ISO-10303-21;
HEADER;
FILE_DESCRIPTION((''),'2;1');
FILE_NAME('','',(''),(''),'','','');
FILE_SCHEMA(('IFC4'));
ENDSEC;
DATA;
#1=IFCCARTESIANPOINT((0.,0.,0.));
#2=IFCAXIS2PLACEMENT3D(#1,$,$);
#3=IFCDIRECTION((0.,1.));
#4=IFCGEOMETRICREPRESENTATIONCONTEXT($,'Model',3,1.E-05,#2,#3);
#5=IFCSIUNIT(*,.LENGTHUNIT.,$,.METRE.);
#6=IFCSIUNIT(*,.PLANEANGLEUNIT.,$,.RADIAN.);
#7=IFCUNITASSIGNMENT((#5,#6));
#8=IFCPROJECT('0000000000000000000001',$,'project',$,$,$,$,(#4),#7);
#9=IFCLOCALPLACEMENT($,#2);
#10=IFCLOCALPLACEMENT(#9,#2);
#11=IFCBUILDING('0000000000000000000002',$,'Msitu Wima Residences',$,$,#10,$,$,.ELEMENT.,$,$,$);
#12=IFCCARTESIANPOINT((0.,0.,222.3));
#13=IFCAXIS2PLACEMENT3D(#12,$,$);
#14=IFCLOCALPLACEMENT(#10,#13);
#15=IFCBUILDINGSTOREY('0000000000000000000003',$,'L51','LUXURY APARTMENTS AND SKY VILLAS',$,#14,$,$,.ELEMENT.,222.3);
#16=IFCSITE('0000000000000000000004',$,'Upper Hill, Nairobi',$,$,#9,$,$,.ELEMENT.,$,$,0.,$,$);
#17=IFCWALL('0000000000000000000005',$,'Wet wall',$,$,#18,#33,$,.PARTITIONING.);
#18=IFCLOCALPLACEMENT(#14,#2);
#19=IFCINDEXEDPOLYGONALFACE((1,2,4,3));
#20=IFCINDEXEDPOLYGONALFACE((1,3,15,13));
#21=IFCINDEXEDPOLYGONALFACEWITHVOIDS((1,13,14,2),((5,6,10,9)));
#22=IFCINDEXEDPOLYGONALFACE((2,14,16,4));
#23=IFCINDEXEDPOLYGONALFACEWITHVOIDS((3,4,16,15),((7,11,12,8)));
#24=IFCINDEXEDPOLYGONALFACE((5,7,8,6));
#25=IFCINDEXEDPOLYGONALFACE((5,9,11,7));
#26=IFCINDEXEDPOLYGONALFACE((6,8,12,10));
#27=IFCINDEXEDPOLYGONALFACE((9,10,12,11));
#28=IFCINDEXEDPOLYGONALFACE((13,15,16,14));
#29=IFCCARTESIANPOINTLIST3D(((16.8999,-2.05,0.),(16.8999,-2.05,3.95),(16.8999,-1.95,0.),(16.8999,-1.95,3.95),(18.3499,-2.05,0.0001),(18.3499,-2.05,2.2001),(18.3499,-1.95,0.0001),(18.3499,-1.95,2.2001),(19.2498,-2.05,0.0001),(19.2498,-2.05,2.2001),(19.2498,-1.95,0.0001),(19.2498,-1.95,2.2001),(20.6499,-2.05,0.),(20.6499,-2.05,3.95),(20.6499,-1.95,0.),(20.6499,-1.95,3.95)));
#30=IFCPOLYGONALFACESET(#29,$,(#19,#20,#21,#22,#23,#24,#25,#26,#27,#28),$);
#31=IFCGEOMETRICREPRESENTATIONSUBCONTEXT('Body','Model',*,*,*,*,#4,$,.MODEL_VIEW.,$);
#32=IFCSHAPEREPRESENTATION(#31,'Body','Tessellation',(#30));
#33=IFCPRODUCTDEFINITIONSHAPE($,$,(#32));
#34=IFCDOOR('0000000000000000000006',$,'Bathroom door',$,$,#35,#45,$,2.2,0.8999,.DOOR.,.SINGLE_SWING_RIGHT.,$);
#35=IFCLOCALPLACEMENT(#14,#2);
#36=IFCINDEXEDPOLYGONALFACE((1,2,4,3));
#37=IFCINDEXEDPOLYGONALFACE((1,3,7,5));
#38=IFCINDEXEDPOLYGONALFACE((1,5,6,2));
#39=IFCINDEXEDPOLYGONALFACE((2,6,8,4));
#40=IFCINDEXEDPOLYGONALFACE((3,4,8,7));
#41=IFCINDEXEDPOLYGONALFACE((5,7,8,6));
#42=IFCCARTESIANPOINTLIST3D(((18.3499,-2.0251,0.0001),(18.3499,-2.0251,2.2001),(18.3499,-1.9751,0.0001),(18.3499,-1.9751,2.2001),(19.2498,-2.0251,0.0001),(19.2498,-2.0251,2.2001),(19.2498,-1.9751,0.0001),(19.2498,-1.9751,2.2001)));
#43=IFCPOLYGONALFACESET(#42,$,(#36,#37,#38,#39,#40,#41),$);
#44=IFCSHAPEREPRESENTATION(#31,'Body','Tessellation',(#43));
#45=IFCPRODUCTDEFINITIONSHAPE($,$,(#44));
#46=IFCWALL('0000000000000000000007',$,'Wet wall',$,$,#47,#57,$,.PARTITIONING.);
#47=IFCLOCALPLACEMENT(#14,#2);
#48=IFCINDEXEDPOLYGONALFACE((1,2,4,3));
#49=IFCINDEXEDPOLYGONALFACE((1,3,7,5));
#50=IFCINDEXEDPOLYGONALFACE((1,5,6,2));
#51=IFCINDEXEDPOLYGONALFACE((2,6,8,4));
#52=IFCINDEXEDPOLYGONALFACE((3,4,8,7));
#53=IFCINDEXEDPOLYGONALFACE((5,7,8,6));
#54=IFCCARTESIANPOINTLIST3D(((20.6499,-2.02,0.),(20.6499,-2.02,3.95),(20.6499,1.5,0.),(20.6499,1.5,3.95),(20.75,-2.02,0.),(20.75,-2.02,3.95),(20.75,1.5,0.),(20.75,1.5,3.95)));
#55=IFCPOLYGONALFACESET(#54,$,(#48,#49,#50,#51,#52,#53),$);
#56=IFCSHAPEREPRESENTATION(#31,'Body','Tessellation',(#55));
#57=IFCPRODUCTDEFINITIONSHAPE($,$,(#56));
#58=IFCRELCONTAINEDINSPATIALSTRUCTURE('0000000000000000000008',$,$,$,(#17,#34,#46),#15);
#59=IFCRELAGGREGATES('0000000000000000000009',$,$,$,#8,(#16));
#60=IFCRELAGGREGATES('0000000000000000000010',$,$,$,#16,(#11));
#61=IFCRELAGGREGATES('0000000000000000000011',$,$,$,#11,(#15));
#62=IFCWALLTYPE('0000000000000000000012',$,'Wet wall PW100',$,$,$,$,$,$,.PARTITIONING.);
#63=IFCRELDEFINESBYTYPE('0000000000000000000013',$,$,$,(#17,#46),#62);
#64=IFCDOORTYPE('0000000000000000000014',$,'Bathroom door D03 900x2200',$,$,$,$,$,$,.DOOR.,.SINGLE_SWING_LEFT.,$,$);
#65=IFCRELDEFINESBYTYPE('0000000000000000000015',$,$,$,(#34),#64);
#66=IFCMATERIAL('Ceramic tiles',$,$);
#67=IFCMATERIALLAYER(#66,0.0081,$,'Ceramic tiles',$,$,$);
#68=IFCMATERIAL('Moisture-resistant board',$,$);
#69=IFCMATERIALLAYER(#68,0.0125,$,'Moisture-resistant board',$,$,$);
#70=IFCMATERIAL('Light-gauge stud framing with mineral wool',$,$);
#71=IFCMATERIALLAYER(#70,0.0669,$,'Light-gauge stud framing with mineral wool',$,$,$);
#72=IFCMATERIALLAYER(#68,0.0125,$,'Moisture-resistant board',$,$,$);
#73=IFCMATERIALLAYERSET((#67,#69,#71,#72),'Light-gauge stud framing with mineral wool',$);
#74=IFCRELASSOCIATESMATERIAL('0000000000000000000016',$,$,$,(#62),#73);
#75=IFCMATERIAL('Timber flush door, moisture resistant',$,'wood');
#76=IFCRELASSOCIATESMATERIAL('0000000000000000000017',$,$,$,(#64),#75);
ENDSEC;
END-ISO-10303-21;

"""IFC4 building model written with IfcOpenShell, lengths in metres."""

from ifc_helpers import new_model, si_unit, direction, frame, frame_2d, origin, place, context, subcontext, project, spatial, rectangle, extrude, material, layer, layer_set, type_object, element, fill, save


model = new_model("IFC4")

# Units and contexts
model_context = context("Model", 3, precision=1e-05, world=origin(), true_north=direction((0.0, 1.0)))
body_context = subcontext(model_context, "Body", "Model", "MODEL_VIEW")
ifc_project = project(units=[si_unit("LENGTHUNIT", "METRE"), si_unit("PLANEANGLEUNIT", "RADIAN")], contexts=[model_context])

# Site, building, storey
site_placement = place(None, origin())
site = spatial("IfcSite", under=ifc_project, at=site_placement, Name="Upper Hill, Nairobi", CompositionType="ELEMENT", RefElevation=0.0)
building_placement = place(site_placement, origin())
building = spatial("IfcBuilding", under=site, at=building_placement, Name="Msitu Wima Residences", CompositionType="ELEMENT")
storey_placement = place(building_placement, frame((0.0, 0.0, 222.3)))
storey = spatial("IfcBuildingStorey", under=building, at=storey_placement, Name="L51", Description="LUXURY APARTMENTS AND SKY VILLAS", CompositionType="ELEMENT", Elevation=222.3)

# Wall, opening, door
ifc_material_1 = material(Name="Ceramic tiles")
ifc_layer_1 = layer(ifc_material_1, 0.0081, Name="Ceramic tiles")
ifc_material_2 = material(Name="Moisture-resistant board")
ifc_layer_2 = layer(ifc_material_2, 0.0125, Name="Moisture-resistant board")
ifc_material_3 = material(Name="Light-gauge stud framing with mineral wool")
ifc_layer_3 = layer(ifc_material_3, 0.0669, Name="Light-gauge stud framing with mineral wool")
ifc_layer_4 = layer(ifc_material_2, 0.0125, Name="Moisture-resistant board")
ifc_layer_set_1 = layer_set([ifc_layer_1, ifc_layer_2, ifc_layer_3, ifc_layer_4], Name="Light-gauge stud framing with mineral wool")
wall_type_1 = type_object("IfcWallType", Name="Wet wall PW100", PredefinedType="PARTITIONING", material=ifc_layer_set_1)
wall_1_placement = place(storey_placement, frame((16.8999, -2.0, 0.0), z_axis=(0.0, 0.0, 1.0), x_axis=(1.0, 0.0, 0.0)))
wall_1 = element("IfcWall", 1, at=wall_1_placement, inside=storey, type_object=wall_type_1, Name="Wet wall", PredefinedType="PARTITIONING", context=body_context, shape_type="SweptSolid", body=[
    extrude(rectangle(XDim=3.75, YDim=0.1001, at=frame_2d((1.875, 0.0))), origin(), (0.0, 0.0, 1.0), 3.95),
])
opening_1_placement = place(wall_1_placement, frame((1.45, 0.0, 0.0)))
opening_1 = element("IfcOpeningElement", 2, at=opening_1_placement, cuts=wall_1, PredefinedType="OPENING", context=body_context, shape_type="SweptSolid", body=[
    extrude(rectangle(XDim=0.8999, YDim=2.2, at=frame_2d((0.45, 1.1001))), frame((0.0, 0.0601, 0.0), z_axis=(0.0, -1.0, 0.0), x_axis=(1.0, 0.0, 0.0)), (0.0, 0.0, 1.0), 0.1201),
])
ifc_material_4 = material(Name="Timber flush door, moisture resistant", Category="wood")
door_type_1 = type_object("IfcDoorType", Name="Bathroom door D03 900x2200", OperationType="SINGLE_SWING_LEFT", PredefinedType="DOOR", material=ifc_material_4)
door_1_placement = place(opening_1_placement, origin())
door_1 = element("IfcDoor", 3, at=door_1_placement, inside=storey, type_object=door_type_1, Name="Bathroom door", OperationType="SINGLE_SWING_RIGHT", OverallHeight=2.2, OverallWidth=0.8999, PredefinedType="DOOR", context=body_context, shape_type="SweptSolid", body=[
    extrude(rectangle(XDim=0.8999, YDim=2.2, at=frame_2d((0.45, 1.1001))), frame((0.0, 0.0249, 0.0), z_axis=(0.0, -1.0, 0.0), x_axis=(1.0, 0.0, 0.0)), (0.0, 0.0, 1.0), 0.05),
])
fill(opening_1, door_1)

# Wall
wall_2_placement = place(storey_placement, frame((20.7, -2.02, 0.0), z_axis=(0.0, 0.0, 1.0), x_axis=(0.0, 1.0, 0.0)))
element("IfcWall", 4, at=wall_2_placement, inside=storey, type_object=wall_type_1, Name="Wet wall", PredefinedType="PARTITIONING", context=body_context, shape_type="SweptSolid", body=[
    extrude(rectangle(XDim=3.52, YDim=0.1001, at=frame_2d((1.76, 0.0))), origin(), (0.0, 0.0, 1.0), 3.95),
])

save(model, "model.ifc")
